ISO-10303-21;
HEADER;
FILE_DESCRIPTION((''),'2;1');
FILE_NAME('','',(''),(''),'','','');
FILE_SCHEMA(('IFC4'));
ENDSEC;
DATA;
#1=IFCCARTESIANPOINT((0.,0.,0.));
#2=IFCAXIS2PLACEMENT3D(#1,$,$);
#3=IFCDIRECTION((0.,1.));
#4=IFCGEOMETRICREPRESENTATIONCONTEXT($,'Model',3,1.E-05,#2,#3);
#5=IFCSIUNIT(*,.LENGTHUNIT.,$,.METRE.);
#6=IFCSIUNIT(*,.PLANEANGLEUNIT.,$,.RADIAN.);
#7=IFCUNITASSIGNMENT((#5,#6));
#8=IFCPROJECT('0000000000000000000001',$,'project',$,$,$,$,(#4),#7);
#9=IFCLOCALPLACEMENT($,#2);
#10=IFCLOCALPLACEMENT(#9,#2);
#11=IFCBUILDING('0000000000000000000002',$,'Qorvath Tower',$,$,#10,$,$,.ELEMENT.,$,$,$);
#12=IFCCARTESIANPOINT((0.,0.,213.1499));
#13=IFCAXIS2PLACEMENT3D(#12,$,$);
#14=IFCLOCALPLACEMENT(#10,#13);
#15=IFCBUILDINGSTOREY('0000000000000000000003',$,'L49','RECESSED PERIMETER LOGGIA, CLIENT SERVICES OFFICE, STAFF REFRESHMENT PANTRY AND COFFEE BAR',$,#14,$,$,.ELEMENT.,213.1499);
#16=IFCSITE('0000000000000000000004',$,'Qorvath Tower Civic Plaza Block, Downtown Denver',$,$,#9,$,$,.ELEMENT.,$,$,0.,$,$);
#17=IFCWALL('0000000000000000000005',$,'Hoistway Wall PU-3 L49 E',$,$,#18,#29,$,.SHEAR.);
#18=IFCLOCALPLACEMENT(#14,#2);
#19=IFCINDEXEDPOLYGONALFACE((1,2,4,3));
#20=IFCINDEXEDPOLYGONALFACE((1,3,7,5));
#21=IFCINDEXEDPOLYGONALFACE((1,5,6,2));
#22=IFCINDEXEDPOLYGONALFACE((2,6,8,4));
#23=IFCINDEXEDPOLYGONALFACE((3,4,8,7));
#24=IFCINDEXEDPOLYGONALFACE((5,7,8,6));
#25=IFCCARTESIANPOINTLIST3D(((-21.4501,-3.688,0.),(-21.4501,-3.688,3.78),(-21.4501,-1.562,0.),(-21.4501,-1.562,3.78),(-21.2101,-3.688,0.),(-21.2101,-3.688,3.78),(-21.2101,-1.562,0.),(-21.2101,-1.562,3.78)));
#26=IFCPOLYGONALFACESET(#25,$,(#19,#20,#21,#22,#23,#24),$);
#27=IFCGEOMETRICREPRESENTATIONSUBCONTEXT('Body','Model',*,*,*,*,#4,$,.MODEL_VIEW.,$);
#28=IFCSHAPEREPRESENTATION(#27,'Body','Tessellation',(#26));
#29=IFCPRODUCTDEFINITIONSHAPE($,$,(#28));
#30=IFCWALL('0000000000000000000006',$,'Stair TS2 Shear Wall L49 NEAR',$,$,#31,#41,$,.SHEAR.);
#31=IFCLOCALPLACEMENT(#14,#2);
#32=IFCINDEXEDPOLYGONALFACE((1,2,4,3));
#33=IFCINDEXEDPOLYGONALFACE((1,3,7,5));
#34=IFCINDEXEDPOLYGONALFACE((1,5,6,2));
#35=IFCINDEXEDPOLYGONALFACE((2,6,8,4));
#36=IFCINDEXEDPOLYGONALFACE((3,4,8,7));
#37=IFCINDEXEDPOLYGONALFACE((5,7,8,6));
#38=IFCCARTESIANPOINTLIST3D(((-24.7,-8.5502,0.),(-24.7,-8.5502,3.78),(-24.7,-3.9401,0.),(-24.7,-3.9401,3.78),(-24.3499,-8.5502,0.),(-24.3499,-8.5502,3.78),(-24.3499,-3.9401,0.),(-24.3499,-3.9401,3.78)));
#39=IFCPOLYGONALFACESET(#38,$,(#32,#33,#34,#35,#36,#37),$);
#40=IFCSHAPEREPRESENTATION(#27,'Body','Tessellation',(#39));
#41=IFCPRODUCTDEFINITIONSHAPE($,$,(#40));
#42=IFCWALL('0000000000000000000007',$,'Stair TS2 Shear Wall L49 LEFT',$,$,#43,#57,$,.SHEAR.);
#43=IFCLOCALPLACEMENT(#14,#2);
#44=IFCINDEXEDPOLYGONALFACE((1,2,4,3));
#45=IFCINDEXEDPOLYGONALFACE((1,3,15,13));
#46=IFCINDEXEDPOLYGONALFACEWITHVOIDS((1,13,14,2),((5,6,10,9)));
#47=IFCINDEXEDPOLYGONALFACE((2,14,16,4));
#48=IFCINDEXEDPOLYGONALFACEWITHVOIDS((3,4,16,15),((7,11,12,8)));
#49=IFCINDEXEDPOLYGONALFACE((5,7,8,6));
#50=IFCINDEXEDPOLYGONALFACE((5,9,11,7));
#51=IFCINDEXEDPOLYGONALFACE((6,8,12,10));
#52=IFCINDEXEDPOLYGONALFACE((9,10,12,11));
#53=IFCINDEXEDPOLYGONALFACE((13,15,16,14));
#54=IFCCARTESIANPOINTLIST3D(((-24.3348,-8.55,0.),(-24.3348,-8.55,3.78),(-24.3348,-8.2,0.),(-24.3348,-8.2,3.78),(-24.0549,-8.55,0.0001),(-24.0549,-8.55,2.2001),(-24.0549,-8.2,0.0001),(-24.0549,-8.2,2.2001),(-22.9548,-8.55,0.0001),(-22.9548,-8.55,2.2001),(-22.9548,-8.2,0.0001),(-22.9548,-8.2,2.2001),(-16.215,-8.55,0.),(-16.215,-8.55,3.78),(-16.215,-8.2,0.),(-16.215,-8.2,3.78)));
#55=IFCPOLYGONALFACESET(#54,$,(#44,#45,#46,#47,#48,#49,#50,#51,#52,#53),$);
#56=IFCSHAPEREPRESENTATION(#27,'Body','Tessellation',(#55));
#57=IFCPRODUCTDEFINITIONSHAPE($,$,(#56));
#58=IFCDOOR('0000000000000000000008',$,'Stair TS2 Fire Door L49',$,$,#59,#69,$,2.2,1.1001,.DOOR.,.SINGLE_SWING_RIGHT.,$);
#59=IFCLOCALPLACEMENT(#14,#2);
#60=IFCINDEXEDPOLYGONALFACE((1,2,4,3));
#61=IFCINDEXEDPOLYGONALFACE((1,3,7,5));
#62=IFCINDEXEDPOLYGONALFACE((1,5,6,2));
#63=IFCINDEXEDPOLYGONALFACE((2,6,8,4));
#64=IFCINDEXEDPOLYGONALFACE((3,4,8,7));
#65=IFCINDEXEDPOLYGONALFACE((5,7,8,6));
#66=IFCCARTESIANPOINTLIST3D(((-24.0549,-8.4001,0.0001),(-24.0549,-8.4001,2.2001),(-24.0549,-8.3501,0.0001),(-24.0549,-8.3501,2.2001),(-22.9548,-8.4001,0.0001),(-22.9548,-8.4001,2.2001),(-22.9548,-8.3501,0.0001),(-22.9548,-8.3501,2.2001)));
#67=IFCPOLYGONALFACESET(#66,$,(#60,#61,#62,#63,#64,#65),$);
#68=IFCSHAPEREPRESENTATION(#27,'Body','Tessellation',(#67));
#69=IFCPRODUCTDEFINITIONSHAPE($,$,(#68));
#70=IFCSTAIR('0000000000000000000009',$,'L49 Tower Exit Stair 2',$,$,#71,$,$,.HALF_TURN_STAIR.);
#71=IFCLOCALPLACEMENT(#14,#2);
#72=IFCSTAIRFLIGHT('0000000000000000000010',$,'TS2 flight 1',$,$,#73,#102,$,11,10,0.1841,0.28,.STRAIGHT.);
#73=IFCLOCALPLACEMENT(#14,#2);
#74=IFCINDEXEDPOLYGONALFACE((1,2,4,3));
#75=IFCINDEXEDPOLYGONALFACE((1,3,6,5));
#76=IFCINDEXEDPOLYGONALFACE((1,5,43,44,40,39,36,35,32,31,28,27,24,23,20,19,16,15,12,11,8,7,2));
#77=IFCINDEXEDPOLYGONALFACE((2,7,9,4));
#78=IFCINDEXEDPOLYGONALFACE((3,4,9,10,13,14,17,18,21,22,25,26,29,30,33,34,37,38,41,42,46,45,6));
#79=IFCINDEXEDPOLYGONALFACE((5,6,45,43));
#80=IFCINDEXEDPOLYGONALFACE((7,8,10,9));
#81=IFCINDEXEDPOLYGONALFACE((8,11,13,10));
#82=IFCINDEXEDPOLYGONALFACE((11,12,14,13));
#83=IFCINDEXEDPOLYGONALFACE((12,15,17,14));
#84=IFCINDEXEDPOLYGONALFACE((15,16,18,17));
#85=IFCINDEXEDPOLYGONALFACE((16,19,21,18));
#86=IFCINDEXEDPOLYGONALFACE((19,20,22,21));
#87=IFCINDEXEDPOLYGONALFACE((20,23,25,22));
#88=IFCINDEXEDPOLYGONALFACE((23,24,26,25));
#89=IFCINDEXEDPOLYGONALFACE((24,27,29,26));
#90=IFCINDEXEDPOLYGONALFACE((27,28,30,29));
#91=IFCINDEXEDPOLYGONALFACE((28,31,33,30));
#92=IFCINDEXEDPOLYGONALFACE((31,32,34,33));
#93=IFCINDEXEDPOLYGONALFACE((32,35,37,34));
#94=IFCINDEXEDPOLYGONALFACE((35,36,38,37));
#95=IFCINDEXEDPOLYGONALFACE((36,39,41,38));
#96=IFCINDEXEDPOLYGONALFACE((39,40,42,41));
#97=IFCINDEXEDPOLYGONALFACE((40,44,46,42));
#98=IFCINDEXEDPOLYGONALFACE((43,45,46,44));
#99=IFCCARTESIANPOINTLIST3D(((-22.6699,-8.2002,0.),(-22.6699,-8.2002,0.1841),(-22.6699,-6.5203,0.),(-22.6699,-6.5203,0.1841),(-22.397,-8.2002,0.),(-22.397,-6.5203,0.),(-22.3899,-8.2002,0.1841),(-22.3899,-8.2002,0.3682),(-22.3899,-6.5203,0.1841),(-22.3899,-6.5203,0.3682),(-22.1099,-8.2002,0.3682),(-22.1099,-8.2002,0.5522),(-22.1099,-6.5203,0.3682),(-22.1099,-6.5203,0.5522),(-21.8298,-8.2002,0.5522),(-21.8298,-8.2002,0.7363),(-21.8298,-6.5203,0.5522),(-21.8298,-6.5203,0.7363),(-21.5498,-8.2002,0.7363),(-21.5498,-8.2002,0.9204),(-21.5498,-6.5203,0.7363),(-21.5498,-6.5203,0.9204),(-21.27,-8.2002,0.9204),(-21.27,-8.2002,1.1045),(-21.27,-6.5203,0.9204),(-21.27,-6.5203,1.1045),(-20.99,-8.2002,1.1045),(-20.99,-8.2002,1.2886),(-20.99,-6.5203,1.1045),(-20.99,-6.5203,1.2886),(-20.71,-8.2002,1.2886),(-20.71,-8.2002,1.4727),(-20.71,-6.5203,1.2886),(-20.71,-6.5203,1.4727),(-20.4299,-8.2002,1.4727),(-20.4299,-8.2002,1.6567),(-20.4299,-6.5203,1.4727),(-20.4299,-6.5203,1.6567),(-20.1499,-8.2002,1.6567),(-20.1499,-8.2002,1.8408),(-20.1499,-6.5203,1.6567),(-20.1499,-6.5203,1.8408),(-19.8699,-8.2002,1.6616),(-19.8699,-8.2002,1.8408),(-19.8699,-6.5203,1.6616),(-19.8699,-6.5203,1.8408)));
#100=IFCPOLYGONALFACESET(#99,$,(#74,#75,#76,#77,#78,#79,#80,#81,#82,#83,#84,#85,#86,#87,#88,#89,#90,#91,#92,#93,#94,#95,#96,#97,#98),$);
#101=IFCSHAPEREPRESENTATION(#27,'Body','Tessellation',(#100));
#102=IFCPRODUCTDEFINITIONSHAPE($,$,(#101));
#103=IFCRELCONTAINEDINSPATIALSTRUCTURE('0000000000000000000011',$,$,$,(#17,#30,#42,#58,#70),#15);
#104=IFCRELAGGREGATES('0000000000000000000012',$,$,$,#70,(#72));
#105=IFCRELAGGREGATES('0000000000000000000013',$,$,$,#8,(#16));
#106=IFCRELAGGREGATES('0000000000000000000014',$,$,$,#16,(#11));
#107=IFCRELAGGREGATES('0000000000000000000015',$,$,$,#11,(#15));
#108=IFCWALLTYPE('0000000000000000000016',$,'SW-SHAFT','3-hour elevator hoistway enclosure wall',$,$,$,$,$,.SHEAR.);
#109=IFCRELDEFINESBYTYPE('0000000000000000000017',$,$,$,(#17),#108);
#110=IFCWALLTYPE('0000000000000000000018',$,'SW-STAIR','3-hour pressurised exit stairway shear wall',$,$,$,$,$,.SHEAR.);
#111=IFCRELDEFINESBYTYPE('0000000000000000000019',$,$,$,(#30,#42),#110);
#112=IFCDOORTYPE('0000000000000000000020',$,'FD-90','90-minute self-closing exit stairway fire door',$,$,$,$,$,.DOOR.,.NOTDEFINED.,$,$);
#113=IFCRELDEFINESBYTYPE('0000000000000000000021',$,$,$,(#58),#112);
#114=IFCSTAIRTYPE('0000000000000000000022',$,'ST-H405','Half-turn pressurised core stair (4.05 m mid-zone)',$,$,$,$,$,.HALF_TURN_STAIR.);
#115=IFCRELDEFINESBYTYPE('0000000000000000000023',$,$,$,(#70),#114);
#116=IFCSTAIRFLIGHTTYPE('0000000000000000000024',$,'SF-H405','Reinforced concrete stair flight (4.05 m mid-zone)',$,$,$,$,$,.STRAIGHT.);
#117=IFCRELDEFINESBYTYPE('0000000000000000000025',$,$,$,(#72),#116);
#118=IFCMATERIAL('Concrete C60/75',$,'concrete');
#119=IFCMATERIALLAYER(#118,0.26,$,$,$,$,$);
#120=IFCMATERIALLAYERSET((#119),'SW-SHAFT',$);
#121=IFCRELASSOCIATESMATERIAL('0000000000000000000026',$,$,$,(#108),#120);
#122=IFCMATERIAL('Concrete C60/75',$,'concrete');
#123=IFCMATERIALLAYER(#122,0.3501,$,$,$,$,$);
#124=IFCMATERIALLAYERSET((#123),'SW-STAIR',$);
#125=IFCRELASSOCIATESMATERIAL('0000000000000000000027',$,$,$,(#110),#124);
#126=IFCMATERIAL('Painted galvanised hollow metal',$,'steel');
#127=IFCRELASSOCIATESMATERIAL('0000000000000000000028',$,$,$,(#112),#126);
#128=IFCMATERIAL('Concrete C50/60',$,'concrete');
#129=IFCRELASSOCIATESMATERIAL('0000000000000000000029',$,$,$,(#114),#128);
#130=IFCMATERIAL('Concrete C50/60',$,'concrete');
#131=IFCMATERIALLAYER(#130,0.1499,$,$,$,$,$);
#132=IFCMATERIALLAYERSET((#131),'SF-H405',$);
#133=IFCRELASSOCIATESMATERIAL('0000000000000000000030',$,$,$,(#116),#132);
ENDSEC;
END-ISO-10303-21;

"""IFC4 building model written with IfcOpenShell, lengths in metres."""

from ifc_helpers import new_model, si_unit, direction, frame, frame_2d, origin, place, context, subcontext, project, spatial, polyline, rectangle, outline, extrude, material, layer, layer_set, type_object, element, fill, aggregate, save


model = new_model("IFC4")

# Units and contexts
model_context = context("Model", 3, precision=1e-05, world=origin(), true_north=direction((0.0, 1.0)))
body_context = subcontext(model_context, "Body", "Model", "MODEL_VIEW")
ifc_project = project(units=[si_unit("LENGTHUNIT", "METRE"), si_unit("PLANEANGLEUNIT", "RADIAN")], contexts=[model_context])

# Site, building, storey
site_placement = place(None, origin())
site = spatial("IfcSite", under=ifc_project, at=site_placement, Name="Qorvath Tower Civic Plaza Block, Downtown Denver", CompositionType="ELEMENT", RefElevation=0.0)
building_placement = place(site_placement, origin())
building = spatial("IfcBuilding", under=site, at=building_placement, Name="Qorvath Tower", CompositionType="ELEMENT")
storey_placement = place(building_placement, frame((0.0, 0.0, 213.1499)))
storey = spatial("IfcBuildingStorey", under=building, at=storey_placement, Name="L49", Description="RECESSED PERIMETER LOGGIA, CLIENT SERVICES OFFICE, STAFF REFRESHMENT PANTRY AND COFFEE BAR", CompositionType="ELEMENT", Elevation=213.1499)

# Shared definitions
ifc_material_1 = material(Name="Concrete C60/75", Category="concrete")
ifc_layer_1 = layer(ifc_material_1, 0.26)
ifc_layer_set_1 = layer_set([ifc_layer_1], Name="SW-SHAFT")
wall_type_1 = type_object("IfcWallType", Name="SW-SHAFT", Description="3-hour elevator hoistway enclosure wall", PredefinedType="SHEAR", material=ifc_layer_set_1)

# Walls
wall_1_placement = place(storey_placement, frame((-21.3301, -1.562, 0.0), z_axis=(0.0, 0.0, 1.0), x_axis=(0.0, -1.0, 0.0)))
element("IfcWall", 1, at=wall_1_placement, inside=storey, type_object=wall_type_1, Name="Hoistway Wall PU-3 L49 E", PredefinedType="SHEAR", context=body_context, shape_type="SweptSolid", body=[
    extrude(rectangle(XDim=2.126, YDim=0.24, at=frame_2d((1.063, 0.0))), origin(), (0.0, 0.0, 1.0), 3.78),
])
ifc_material_2 = material(Name="Concrete C60/75", Category="concrete")
ifc_layer_2 = layer(ifc_material_2, 0.3501)
ifc_layer_set_2 = layer_set([ifc_layer_2], Name="SW-STAIR")
wall_type_2 = type_object("IfcWallType", Name="SW-STAIR", Description="3-hour pressurised exit stairway shear wall", PredefinedType="SHEAR", material=ifc_layer_set_2)
wall_2_placement = place(storey_placement, frame((-24.5249, -3.9399, 0.0), z_axis=(0.0, 0.0, 1.0), x_axis=(0.0, -1.0, 0.0)))
element("IfcWall", 2, at=wall_2_placement, inside=storey, type_object=wall_type_2, Name="Stair TS2 Shear Wall L49 NEAR", PredefinedType="SHEAR", context=body_context, shape_type="SweptSolid", body=[
    extrude(rectangle(XDim=4.6101, YDim=0.3501, at=frame_2d((2.3052, 0.0))), origin(), (0.0, 0.0, 1.0), 3.78),
])

# Wall, opening, door
wall_3_placement = place(storey_placement, frame((-24.335, -8.375, 0.0), z_axis=(0.0, 0.0, 1.0), x_axis=(1.0, 0.0, 0.0)))
wall_3 = element("IfcWall", 3, at=wall_3_placement, inside=storey, type_object=wall_type_2, Name="Stair TS2 Shear Wall L49 LEFT", PredefinedType="SHEAR", context=body_context, shape_type="SweptSolid", body=[
    extrude(rectangle(XDim=8.1199, YDim=0.3501, at=frame_2d((4.0601, 0.0))), origin(), (0.0, 0.0, 1.0), 3.78),
])
opening_1_placement = place(wall_3_placement, frame((0.28, 0.0, 0.0)))
opening_1 = element("IfcOpeningElement", 4, at=opening_1_placement, cuts=wall_3, PredefinedType="OPENING", context=body_context, shape_type="SweptSolid", body=[
    extrude(rectangle(XDim=1.1001, YDim=2.2, at=frame_2d((0.55, 1.1001))), frame((0.0, 0.1851, 0.0), z_axis=(0.0, -1.0, 0.0), x_axis=(1.0, 0.0, 0.0)), (0.0, 0.0, 1.0), 0.3701),
])
ifc_material_3 = material(Name="Painted galvanised hollow metal", Category="steel")
door_type_1 = type_object("IfcDoorType", Name="FD-90", Description="90-minute self-closing exit stairway fire door", OperationType="NOTDEFINED", PredefinedType="DOOR", material=ifc_material_3)
door_1_placement = place(opening_1_placement, origin())
door_1 = element("IfcDoor", 5, at=door_1_placement, inside=storey, type_object=door_type_1, Name="Stair TS2 Fire Door L49", OperationType="SINGLE_SWING_RIGHT", OverallHeight=2.2, OverallWidth=1.1001, PredefinedType="DOOR", context=body_context, shape_type="SweptSolid", body=[
    extrude(rectangle(XDim=1.1001, YDim=2.2, at=frame_2d((0.55, 1.1001))), frame((0.0, 0.0249, 0.0), z_axis=(0.0, -1.0, 0.0), x_axis=(1.0, 0.0, 0.0)), (0.0, 0.0, 1.0), 0.05),
])
fill(opening_1, door_1)

# Stair, stair flight
ifc_material_4 = material(Name="Concrete C50/60", Category="concrete")
stair_type = type_object("IfcStairType", Name="ST-H405", Description="Half-turn pressurised core stair (4.05 m mid-zone)", PredefinedType="HALF_TURN_STAIR", material=ifc_material_4)
stair_placement = place(storey_placement, origin())
stair = element("IfcStair", 6, at=stair_placement, inside=storey, type_object=stair_type, Name="L49 Tower Exit Stair 2", PredefinedType="HALF_TURN_STAIR")
ifc_material_5 = material(Name="Concrete C50/60", Category="concrete")
ifc_layer_3 = layer(ifc_material_5, 0.1499)
ifc_layer_set_3 = layer_set([ifc_layer_3], Name="SF-H405")
stair_flight_type = type_object("IfcStairFlightType", Name="SF-H405", Description="Reinforced concrete stair flight (4.05 m mid-zone)", PredefinedType="STRAIGHT", material=ifc_layer_set_3)
stair_flight_placement = place(storey_placement, frame((-22.6699, -7.3601, 0.0), z_axis=(0.0, 0.0, 1.0), x_axis=(1.0, 0.0, 0.0)))
stair_flight = element("IfcStairFlight", 7, at=stair_flight_placement, type_object=stair_flight_type, Name="TS2 flight 1", NumberOfRisers=11, NumberOfTreads=10, PredefinedType="STRAIGHT", RiserHeight=0.1841, TreadLength=0.28, context=body_context, shape_type="SweptSolid", body=[
    extrude(outline(polyline([(0.0, 0.0), (0.0, 0.1841), (0.28, 0.1841), (0.28, 0.3682), (0.5601, 0.3682), (0.5601, 0.5522), (0.8401, 0.5522), (0.8401, 0.7363), (1.1201, 0.7363), (1.1201, 0.9204), (1.3999, 0.9204), (1.3999, 1.1045), (1.6799, 1.1045), (1.6799, 1.2886), (1.96, 1.2886), (1.96, 1.4727), (2.24, 1.4727), (2.24, 1.6567), (2.52, 1.6567), (2.52, 1.8408), (2.8, 1.8408), (2.8, 2.0249), (2.8, 1.6616), (0.2729, 0.0), (0.0, 0.0)])), frame((0.0, 0.8398, 0.0), z_axis=(0.0, -1.0, 0.0), x_axis=(1.0, 0.0, 0.0)), (0.0, 0.0, 1.0), 1.6799),
])
aggregate(stair, [stair_flight])

save(model, "model.ifc")
